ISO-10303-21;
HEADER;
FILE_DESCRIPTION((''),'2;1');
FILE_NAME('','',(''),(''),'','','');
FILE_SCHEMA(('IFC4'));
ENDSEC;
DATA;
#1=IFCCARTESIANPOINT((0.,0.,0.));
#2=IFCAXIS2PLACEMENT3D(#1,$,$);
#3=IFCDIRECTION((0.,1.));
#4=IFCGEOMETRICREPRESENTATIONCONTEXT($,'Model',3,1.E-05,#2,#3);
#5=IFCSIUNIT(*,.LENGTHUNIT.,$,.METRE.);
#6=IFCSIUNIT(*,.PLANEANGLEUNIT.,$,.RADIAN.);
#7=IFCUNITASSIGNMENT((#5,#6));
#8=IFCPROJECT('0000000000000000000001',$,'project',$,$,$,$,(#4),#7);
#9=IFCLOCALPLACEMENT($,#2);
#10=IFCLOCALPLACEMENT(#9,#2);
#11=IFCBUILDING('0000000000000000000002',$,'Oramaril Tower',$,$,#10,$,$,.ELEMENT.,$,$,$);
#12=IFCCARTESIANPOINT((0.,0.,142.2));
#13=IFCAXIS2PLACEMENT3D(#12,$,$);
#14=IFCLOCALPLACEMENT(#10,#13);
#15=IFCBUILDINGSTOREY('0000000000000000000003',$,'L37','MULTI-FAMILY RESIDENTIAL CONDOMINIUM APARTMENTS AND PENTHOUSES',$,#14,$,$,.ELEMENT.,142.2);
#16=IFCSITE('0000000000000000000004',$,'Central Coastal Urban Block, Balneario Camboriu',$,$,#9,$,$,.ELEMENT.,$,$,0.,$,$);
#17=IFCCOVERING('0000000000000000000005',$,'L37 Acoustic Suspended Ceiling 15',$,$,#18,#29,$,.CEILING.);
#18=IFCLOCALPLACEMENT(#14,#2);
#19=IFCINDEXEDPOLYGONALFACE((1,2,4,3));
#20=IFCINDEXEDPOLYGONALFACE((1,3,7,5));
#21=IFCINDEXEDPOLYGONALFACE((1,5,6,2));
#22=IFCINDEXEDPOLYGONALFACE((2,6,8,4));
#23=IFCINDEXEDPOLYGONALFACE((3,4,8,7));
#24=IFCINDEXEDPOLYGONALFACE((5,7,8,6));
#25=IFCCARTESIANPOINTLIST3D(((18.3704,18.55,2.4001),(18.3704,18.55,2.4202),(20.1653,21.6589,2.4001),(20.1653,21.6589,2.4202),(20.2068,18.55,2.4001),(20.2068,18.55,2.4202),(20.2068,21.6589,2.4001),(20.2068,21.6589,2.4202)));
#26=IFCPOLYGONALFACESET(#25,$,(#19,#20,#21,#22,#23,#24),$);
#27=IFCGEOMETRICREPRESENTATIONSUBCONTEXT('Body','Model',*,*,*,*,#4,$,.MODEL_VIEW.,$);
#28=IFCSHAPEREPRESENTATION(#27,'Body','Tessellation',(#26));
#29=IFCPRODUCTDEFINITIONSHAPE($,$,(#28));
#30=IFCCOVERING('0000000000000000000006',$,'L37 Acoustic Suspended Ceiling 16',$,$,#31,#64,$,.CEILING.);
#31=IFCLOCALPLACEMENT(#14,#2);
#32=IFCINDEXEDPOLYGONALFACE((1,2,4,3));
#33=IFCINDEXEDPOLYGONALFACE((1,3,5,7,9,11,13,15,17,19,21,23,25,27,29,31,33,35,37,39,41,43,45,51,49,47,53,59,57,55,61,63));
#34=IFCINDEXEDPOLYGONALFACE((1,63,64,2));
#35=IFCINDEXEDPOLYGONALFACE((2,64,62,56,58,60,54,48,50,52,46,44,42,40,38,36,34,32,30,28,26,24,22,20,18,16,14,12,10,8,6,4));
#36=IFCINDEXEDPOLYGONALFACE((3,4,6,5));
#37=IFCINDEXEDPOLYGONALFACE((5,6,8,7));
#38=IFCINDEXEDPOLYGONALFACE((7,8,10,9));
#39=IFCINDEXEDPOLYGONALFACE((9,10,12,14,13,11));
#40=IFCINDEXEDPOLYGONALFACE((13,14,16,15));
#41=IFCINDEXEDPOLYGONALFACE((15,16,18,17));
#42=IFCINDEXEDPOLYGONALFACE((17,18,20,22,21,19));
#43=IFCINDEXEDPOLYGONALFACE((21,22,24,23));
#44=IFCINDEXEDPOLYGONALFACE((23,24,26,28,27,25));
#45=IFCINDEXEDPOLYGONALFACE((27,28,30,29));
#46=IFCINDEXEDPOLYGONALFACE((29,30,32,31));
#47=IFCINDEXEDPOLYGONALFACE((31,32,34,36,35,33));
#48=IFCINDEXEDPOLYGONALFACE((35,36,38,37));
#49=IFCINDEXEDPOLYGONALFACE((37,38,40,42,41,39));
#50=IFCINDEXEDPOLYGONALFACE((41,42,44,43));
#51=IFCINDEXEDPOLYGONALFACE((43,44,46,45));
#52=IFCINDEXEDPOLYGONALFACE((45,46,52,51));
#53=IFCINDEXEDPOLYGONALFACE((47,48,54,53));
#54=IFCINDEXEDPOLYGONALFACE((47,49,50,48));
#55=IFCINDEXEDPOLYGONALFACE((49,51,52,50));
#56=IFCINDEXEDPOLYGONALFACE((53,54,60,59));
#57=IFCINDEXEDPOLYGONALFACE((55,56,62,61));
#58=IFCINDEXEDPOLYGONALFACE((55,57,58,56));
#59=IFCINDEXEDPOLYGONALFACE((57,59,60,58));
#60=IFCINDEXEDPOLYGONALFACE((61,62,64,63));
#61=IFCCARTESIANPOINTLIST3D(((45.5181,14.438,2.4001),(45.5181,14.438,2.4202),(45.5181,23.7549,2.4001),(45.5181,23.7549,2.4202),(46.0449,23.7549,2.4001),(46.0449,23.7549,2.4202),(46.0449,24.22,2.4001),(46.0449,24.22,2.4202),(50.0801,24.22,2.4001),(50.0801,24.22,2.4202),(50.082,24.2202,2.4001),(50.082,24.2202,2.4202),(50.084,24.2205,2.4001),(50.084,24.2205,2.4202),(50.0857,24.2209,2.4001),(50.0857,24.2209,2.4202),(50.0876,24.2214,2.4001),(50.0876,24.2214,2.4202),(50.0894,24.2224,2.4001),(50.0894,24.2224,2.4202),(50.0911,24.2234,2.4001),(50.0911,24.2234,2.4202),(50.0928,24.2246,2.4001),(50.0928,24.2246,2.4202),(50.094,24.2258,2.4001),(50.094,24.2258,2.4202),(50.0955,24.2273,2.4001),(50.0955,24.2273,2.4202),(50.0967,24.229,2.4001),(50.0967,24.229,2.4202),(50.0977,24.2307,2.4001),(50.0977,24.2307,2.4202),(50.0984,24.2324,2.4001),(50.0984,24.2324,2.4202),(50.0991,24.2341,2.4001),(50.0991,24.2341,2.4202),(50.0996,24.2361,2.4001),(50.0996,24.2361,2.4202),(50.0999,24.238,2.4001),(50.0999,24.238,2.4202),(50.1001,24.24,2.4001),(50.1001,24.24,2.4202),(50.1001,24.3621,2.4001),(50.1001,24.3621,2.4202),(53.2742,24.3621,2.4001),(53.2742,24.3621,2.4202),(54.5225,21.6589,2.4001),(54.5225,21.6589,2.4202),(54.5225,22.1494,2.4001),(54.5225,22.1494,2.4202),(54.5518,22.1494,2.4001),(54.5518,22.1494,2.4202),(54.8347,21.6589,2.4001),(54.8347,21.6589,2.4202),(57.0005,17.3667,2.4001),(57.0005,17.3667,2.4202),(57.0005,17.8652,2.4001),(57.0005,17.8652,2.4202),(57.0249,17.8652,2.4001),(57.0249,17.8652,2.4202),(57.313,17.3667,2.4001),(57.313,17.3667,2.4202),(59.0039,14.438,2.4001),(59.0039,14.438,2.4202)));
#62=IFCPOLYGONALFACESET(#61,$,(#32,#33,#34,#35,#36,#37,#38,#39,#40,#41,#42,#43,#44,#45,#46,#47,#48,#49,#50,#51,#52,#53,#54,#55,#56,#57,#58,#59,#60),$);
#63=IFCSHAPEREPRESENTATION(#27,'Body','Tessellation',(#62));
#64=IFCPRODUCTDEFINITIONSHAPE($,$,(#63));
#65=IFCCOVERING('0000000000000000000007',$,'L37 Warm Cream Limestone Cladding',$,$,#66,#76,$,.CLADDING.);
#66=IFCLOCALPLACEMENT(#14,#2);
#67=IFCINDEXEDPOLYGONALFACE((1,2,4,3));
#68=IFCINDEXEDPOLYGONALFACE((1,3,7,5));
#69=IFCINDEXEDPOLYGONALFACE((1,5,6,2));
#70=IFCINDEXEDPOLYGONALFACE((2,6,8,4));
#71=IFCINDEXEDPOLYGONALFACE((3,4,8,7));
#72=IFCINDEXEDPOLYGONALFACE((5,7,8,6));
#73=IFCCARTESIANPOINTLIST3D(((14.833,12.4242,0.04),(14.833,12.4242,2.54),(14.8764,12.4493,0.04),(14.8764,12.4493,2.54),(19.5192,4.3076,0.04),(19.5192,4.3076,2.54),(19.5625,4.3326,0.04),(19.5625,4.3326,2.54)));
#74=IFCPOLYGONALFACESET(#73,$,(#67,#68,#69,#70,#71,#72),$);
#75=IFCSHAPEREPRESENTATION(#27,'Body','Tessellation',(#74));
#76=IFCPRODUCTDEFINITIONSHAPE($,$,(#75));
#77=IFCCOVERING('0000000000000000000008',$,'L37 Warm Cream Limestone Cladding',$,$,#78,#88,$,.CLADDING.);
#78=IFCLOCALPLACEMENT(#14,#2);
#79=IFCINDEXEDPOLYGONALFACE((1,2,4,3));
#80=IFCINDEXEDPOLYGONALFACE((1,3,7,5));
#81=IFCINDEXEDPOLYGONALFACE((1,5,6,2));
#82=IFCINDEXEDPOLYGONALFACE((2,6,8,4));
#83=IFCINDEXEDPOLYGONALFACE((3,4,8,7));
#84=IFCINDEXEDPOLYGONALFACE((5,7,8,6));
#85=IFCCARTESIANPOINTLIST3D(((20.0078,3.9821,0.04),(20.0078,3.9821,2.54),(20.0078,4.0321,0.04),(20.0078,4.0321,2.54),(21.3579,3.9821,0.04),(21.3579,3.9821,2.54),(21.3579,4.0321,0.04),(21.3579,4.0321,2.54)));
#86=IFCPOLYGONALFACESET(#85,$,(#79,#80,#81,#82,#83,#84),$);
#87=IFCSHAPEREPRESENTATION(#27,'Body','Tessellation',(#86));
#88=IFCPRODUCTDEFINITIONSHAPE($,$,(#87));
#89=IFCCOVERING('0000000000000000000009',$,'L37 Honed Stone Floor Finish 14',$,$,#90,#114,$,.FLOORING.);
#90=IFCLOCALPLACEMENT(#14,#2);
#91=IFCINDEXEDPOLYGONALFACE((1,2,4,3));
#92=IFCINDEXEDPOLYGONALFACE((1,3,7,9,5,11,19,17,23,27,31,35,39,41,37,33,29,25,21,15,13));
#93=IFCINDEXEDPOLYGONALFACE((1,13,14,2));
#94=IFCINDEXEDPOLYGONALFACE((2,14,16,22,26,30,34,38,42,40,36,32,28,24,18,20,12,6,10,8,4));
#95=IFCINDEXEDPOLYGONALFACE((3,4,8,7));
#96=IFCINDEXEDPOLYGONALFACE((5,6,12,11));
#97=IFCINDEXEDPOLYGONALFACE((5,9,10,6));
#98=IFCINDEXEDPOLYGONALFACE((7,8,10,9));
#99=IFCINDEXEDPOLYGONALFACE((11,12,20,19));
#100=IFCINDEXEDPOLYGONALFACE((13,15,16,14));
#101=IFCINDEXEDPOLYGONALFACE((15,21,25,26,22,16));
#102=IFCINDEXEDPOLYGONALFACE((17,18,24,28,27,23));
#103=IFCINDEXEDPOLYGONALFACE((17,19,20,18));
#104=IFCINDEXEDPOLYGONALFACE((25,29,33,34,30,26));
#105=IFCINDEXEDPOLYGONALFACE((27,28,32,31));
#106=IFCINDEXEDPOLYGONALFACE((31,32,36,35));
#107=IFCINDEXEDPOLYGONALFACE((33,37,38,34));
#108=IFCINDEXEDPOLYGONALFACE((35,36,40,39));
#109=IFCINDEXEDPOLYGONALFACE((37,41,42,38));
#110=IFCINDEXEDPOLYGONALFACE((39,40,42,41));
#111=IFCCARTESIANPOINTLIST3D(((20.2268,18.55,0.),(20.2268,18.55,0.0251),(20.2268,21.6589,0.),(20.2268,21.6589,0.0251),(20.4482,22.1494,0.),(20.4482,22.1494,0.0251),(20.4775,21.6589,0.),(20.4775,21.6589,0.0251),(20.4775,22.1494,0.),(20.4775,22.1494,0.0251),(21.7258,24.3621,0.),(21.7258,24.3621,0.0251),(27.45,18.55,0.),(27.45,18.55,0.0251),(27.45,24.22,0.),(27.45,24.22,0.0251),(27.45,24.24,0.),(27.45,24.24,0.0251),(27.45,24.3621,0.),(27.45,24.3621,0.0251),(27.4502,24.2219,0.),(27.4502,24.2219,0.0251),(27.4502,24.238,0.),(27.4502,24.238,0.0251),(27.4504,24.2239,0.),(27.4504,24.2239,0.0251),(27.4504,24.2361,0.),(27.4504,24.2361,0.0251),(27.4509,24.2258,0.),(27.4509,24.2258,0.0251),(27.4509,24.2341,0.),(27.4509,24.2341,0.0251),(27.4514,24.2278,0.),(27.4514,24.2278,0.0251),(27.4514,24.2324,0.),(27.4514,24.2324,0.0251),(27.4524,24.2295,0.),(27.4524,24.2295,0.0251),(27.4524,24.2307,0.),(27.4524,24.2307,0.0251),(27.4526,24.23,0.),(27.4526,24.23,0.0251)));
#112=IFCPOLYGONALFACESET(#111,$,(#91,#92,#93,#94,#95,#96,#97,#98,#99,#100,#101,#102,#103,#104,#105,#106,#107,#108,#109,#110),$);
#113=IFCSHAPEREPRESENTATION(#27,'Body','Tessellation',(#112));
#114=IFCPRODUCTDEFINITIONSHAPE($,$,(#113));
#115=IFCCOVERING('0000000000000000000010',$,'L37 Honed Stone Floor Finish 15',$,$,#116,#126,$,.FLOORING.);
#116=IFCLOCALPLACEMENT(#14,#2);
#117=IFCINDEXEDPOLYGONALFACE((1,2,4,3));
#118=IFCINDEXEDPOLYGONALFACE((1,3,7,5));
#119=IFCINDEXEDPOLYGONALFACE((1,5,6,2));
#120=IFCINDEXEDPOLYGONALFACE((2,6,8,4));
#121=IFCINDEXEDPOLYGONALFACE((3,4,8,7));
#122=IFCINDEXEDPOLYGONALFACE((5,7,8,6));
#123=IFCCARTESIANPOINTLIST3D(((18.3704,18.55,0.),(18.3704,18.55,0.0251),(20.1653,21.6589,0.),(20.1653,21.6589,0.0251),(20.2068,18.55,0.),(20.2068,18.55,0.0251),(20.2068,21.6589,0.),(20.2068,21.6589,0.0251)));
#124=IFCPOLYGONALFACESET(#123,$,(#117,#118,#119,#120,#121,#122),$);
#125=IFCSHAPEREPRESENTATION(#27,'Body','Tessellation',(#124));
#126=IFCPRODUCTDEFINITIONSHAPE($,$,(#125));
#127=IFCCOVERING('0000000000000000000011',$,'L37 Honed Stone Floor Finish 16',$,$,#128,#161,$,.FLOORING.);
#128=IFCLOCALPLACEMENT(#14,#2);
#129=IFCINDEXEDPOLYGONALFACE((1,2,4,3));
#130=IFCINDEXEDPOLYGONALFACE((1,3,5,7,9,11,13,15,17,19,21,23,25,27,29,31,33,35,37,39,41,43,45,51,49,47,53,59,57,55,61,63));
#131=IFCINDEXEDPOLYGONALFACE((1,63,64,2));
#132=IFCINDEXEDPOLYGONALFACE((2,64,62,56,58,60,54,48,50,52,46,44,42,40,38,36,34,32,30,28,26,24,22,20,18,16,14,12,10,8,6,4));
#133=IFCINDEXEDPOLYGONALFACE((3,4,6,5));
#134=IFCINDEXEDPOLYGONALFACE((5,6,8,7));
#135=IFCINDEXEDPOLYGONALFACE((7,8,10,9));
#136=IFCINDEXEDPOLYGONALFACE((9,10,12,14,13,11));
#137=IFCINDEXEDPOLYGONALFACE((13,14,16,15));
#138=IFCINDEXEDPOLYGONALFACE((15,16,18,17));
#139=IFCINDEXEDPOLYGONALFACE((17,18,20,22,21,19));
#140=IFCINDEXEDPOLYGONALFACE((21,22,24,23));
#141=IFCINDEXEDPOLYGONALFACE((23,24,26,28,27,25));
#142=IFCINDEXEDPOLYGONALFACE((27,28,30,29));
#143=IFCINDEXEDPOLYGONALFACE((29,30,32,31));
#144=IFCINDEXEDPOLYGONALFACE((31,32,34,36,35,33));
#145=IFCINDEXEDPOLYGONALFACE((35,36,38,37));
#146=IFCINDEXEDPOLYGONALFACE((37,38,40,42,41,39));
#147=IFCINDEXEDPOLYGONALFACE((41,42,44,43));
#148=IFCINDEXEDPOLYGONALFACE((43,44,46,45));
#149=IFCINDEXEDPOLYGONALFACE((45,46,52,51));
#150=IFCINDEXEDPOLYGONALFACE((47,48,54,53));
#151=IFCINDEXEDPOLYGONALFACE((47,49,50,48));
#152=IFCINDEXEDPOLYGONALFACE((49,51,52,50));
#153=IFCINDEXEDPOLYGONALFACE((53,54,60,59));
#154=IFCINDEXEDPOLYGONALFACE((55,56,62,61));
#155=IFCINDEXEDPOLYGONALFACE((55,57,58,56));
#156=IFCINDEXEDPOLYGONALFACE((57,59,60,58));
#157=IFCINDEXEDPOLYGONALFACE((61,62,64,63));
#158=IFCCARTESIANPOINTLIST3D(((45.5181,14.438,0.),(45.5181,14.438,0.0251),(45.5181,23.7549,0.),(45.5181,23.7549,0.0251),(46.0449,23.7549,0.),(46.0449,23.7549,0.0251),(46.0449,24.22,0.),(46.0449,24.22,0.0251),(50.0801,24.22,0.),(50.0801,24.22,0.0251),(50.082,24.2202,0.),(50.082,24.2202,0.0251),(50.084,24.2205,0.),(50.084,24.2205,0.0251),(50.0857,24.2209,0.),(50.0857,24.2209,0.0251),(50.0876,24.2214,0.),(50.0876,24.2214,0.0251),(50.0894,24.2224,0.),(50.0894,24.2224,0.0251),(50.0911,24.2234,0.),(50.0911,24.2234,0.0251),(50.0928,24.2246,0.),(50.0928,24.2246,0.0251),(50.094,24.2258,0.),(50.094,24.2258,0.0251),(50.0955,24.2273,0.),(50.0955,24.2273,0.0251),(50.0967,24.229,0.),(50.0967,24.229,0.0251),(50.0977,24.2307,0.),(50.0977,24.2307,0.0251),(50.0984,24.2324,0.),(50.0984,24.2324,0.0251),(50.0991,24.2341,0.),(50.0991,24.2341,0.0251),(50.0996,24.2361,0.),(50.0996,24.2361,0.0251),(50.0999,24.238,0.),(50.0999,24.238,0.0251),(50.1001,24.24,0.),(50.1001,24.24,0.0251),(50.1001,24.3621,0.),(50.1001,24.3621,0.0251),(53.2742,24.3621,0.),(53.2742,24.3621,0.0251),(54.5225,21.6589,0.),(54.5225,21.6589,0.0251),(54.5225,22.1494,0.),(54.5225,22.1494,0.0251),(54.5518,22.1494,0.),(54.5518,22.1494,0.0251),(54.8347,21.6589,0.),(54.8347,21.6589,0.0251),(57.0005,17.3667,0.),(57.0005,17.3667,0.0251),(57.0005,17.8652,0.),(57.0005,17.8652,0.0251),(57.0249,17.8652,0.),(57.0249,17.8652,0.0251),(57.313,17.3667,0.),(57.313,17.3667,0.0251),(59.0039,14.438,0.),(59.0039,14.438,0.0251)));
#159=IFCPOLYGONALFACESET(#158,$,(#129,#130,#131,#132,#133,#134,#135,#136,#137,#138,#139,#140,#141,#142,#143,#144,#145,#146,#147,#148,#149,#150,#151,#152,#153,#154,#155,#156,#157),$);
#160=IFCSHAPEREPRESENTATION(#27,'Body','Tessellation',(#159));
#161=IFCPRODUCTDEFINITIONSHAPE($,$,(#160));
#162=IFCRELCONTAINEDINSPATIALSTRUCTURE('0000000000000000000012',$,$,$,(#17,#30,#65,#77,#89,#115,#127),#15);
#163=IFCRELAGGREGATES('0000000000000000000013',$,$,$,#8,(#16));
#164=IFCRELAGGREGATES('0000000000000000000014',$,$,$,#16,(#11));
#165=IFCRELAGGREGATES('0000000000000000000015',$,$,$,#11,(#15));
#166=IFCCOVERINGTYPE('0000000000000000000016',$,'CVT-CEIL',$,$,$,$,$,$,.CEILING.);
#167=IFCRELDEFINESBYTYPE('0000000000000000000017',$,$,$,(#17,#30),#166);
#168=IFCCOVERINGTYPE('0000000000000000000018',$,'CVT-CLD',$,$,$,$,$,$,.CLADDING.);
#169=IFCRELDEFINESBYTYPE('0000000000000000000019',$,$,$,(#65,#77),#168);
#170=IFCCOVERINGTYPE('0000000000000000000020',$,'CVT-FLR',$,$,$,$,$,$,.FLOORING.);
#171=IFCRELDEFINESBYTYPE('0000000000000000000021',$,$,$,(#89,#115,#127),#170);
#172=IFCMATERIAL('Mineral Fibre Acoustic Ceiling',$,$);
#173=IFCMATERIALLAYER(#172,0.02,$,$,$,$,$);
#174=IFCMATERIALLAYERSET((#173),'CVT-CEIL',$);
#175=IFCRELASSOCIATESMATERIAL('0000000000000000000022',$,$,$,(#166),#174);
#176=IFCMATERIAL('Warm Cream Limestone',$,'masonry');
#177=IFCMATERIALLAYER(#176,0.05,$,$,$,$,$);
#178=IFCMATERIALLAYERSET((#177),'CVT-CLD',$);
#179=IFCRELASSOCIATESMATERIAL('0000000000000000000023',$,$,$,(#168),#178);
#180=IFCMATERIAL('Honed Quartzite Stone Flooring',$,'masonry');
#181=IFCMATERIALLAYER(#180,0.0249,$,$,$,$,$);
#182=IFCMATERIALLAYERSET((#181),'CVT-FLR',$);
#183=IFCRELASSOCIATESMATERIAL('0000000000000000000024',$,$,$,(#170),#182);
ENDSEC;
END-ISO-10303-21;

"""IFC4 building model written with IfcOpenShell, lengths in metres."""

from ifc_helpers import new_model, si_unit, direction, frame, origin, origin_2d, place, context, subcontext, project, spatial, polyline, rectangle, outline, extrude, material, layer, layer_set, type_object, element, save


model = new_model("IFC4")

# Units and contexts
model_context = context("Model", 3, precision=1e-05, world=origin(), true_north=direction((0.0, 1.0)))
body_context = subcontext(model_context, "Body", "Model", "MODEL_VIEW")
ifc_project = project(units=[si_unit("LENGTHUNIT", "METRE"), si_unit("PLANEANGLEUNIT", "RADIAN")], contexts=[model_context])

# Site, building, storey
site_placement = place(None, origin())
site = spatial("IfcSite", under=ifc_project, at=site_placement, Name="Central Coastal Urban Block, Balneario Camboriu", CompositionType="ELEMENT", RefElevation=0.0)
building_placement = place(site_placement, origin())
building = spatial("IfcBuilding", under=site, at=building_placement, Name="Oramaril Tower", CompositionType="ELEMENT")
storey_placement = place(building_placement, frame((0.0, 0.0, 142.2)))
storey = spatial("IfcBuildingStorey", under=building, at=storey_placement, Name="L37", Description="MULTI-FAMILY RESIDENTIAL CONDOMINIUM APARTMENTS AND PENTHOUSES", CompositionType="ELEMENT", Elevation=142.2)

# Coverings
ifc_material_1 = material(Name="Mineral Fibre Acoustic Ceiling")
ifc_layer_1 = layer(ifc_material_1, 0.02)
ifc_layer_set_1 = layer_set([ifc_layer_1], Name="CVT-CEIL")
covering_type_1 = type_object("IfcCoveringType", Name="CVT-CEIL", PredefinedType="CEILING", material=ifc_layer_set_1)
covering_1_placement = place(storey_placement, frame((0.0, 0.0, 2.4001)))
element("IfcCovering", 1, at=covering_1_placement, inside=storey, type_object=covering_type_1, Name="L37 Acoustic Suspended Ceiling 15", PredefinedType="CEILING", context=body_context, shape_type="SweptSolid", body=[
    extrude(outline(polyline([(20.1653, 21.6589), (20.2068, 21.6589), (20.2068, 18.55), (18.3704, 18.55), (20.1653, 21.6589)])), origin(), (0.0, 0.0, 1.0), 0.02),
])
covering_2_placement = place(storey_placement, frame((0.0, 0.0, 2.4001)))
element("IfcCovering", 2, at=covering_2_placement, inside=storey, type_object=covering_type_1, Name="L37 Acoustic Suspended Ceiling 16", PredefinedType="CEILING", context=body_context, shape_type="SweptSolid", body=[
    extrude(outline(polyline([(54.5518, 22.1494), (54.5225, 22.1494), (54.5225, 21.6589), (54.8347, 21.6589), (57.0249, 17.8652), (57.0005, 17.8652), (57.0005, 17.3667), (57.313, 17.3667), (59.0039, 14.438), (45.5181, 14.438), (45.5181, 23.7549), (46.0449, 23.7549), (46.0449, 24.22), (50.0801, 24.22), (50.082, 24.2202), (50.084, 24.2205), (50.0857, 24.2209), (50.0876, 24.2214), (50.0894, 24.2224), (50.0911, 24.2234), (50.0928, 24.2246), (50.094, 24.2258), (50.0955, 24.2273), (50.0967, 24.229), (50.0977, 24.2307), (50.0984, 24.2324), (50.0991, 24.2341), (50.0996, 24.2361), (50.0999, 24.238), (50.1001, 24.24), (50.1001, 24.3621), (53.2742, 24.3621), (54.5518, 22.1494)])), origin(), (0.0, 0.0, 1.0), 0.02),
])
ifc_material_2 = material(Name="Warm Cream Limestone", Category="masonry")
ifc_layer_2 = layer(ifc_material_2, 0.05)
ifc_layer_set_2 = layer_set([ifc_layer_2], Name="CVT-CLD")
covering_type_2 = type_object("IfcCoveringType", Name="CVT-CLD", PredefinedType="CLADDING", material=ifc_layer_set_2)
covering_3_placement = place(storey_placement, frame((17.1978, 8.3784, 0.04), z_axis=(0.0, 0.0, 1.0), x_axis=(0.499998, -0.866026, 0.0)))
element("IfcCovering", 3, at=covering_3_placement, inside=storey, type_object=covering_type_2, Name="L37 Warm Cream Limestone Cladding", PredefinedType="CLADDING", context=body_context, shape_type="SweptSolid", body=[
    extrude(rectangle(XDim=9.3723, YDim=0.05, at=origin_2d()), origin(), (0.0, 0.0, 1.0), 2.5),
])
covering_4_placement = place(storey_placement, frame((20.6829, 4.0071, 0.04), z_axis=(0.0, 0.0, 1.0), x_axis=(1.0, 0.0, 0.0)))
element("IfcCovering", 4, at=covering_4_placement, inside=storey, type_object=covering_type_2, Name="L37 Warm Cream Limestone Cladding", PredefinedType="CLADDING", context=body_context, shape_type="SweptSolid", body=[
    extrude(rectangle(XDim=1.3501, YDim=0.05, at=origin_2d()), origin(), (0.0, 0.0, 1.0), 2.5),
])
ifc_material_3 = material(Name="Honed Quartzite Stone Flooring", Category="masonry")
ifc_layer_3 = layer(ifc_material_3, 0.0249)
ifc_layer_set_3 = layer_set([ifc_layer_3], Name="CVT-FLR")
covering_type_3 = type_object("IfcCoveringType", Name="CVT-FLR", PredefinedType="FLOORING", material=ifc_layer_set_3)
covering_5_placement = place(storey_placement, origin())
element("IfcCovering", 5, at=covering_5_placement, inside=storey, type_object=covering_type_3, Name="L37 Honed Stone Floor Finish 14", PredefinedType="FLOORING", context=body_context, shape_type="SweptSolid", body=[
    extrude(outline(polyline([(20.2268, 21.6589), (20.4775, 21.6589), (20.4775, 22.1494), (20.4482, 22.1494), (21.7258, 24.3621), (27.45, 24.3621), (27.45, 24.24), (27.4502, 24.238), (27.4504, 24.2361), (27.4509, 24.2341), (27.4514, 24.2324), (27.4524, 24.2307), (27.4526, 24.23), (27.4524, 24.2295), (27.4514, 24.2278), (27.4509, 24.2258), (27.4504, 24.2239), (27.4502, 24.2219), (27.45, 24.22), (27.45, 18.55), (20.2268, 18.55), (20.2268, 21.6589)])), origin(), (0.0, 0.0, 1.0), 0.0251),
])
covering_6_placement = place(storey_placement, origin())
element("IfcCovering", 6, at=covering_6_placement, inside=storey, type_object=covering_type_3, Name="L37 Honed Stone Floor Finish 15", PredefinedType="FLOORING", context=body_context, shape_type="SweptSolid", body=[
    extrude(outline(polyline([(20.1653, 21.6589), (20.2068, 21.6589), (20.2068, 18.55), (18.3704, 18.55), (20.1653, 21.6589)])), origin(), (0.0, 0.0, 1.0), 0.0251),
])
covering_7_placement = place(storey_placement, origin())
element("IfcCovering", 7, at=covering_7_placement, inside=storey, type_object=covering_type_3, Name="L37 Honed Stone Floor Finish 16", PredefinedType="FLOORING", context=body_context, shape_type="SweptSolid", body=[
    extrude(outline(polyline([(54.5518, 22.1494), (54.5225, 22.1494), (54.5225, 21.6589), (54.8347, 21.6589), (57.0249, 17.8652), (57.0005, 17.8652), (57.0005, 17.3667), (57.313, 17.3667), (59.0039, 14.438), (45.5181, 14.438), (45.5181, 23.7549), (46.0449, 23.7549), (46.0449, 24.22), (50.0801, 24.22), (50.082, 24.2202), (50.084, 24.2205), (50.0857, 24.2209), (50.0876, 24.2214), (50.0894, 24.2224), (50.0911, 24.2234), (50.0928, 24.2246), (50.094, 24.2258), (50.0955, 24.2273), (50.0967, 24.229), (50.0977, 24.2307), (50.0984, 24.2324), (50.0991, 24.2341), (50.0996, 24.2361), (50.0999, 24.238), (50.1001, 24.24), (50.1001, 24.3621), (53.2742, 24.3621), (54.5518, 22.1494)])), origin(), (0.0, 0.0, 1.0), 0.0251),
])

save(model, "model.ifc")
